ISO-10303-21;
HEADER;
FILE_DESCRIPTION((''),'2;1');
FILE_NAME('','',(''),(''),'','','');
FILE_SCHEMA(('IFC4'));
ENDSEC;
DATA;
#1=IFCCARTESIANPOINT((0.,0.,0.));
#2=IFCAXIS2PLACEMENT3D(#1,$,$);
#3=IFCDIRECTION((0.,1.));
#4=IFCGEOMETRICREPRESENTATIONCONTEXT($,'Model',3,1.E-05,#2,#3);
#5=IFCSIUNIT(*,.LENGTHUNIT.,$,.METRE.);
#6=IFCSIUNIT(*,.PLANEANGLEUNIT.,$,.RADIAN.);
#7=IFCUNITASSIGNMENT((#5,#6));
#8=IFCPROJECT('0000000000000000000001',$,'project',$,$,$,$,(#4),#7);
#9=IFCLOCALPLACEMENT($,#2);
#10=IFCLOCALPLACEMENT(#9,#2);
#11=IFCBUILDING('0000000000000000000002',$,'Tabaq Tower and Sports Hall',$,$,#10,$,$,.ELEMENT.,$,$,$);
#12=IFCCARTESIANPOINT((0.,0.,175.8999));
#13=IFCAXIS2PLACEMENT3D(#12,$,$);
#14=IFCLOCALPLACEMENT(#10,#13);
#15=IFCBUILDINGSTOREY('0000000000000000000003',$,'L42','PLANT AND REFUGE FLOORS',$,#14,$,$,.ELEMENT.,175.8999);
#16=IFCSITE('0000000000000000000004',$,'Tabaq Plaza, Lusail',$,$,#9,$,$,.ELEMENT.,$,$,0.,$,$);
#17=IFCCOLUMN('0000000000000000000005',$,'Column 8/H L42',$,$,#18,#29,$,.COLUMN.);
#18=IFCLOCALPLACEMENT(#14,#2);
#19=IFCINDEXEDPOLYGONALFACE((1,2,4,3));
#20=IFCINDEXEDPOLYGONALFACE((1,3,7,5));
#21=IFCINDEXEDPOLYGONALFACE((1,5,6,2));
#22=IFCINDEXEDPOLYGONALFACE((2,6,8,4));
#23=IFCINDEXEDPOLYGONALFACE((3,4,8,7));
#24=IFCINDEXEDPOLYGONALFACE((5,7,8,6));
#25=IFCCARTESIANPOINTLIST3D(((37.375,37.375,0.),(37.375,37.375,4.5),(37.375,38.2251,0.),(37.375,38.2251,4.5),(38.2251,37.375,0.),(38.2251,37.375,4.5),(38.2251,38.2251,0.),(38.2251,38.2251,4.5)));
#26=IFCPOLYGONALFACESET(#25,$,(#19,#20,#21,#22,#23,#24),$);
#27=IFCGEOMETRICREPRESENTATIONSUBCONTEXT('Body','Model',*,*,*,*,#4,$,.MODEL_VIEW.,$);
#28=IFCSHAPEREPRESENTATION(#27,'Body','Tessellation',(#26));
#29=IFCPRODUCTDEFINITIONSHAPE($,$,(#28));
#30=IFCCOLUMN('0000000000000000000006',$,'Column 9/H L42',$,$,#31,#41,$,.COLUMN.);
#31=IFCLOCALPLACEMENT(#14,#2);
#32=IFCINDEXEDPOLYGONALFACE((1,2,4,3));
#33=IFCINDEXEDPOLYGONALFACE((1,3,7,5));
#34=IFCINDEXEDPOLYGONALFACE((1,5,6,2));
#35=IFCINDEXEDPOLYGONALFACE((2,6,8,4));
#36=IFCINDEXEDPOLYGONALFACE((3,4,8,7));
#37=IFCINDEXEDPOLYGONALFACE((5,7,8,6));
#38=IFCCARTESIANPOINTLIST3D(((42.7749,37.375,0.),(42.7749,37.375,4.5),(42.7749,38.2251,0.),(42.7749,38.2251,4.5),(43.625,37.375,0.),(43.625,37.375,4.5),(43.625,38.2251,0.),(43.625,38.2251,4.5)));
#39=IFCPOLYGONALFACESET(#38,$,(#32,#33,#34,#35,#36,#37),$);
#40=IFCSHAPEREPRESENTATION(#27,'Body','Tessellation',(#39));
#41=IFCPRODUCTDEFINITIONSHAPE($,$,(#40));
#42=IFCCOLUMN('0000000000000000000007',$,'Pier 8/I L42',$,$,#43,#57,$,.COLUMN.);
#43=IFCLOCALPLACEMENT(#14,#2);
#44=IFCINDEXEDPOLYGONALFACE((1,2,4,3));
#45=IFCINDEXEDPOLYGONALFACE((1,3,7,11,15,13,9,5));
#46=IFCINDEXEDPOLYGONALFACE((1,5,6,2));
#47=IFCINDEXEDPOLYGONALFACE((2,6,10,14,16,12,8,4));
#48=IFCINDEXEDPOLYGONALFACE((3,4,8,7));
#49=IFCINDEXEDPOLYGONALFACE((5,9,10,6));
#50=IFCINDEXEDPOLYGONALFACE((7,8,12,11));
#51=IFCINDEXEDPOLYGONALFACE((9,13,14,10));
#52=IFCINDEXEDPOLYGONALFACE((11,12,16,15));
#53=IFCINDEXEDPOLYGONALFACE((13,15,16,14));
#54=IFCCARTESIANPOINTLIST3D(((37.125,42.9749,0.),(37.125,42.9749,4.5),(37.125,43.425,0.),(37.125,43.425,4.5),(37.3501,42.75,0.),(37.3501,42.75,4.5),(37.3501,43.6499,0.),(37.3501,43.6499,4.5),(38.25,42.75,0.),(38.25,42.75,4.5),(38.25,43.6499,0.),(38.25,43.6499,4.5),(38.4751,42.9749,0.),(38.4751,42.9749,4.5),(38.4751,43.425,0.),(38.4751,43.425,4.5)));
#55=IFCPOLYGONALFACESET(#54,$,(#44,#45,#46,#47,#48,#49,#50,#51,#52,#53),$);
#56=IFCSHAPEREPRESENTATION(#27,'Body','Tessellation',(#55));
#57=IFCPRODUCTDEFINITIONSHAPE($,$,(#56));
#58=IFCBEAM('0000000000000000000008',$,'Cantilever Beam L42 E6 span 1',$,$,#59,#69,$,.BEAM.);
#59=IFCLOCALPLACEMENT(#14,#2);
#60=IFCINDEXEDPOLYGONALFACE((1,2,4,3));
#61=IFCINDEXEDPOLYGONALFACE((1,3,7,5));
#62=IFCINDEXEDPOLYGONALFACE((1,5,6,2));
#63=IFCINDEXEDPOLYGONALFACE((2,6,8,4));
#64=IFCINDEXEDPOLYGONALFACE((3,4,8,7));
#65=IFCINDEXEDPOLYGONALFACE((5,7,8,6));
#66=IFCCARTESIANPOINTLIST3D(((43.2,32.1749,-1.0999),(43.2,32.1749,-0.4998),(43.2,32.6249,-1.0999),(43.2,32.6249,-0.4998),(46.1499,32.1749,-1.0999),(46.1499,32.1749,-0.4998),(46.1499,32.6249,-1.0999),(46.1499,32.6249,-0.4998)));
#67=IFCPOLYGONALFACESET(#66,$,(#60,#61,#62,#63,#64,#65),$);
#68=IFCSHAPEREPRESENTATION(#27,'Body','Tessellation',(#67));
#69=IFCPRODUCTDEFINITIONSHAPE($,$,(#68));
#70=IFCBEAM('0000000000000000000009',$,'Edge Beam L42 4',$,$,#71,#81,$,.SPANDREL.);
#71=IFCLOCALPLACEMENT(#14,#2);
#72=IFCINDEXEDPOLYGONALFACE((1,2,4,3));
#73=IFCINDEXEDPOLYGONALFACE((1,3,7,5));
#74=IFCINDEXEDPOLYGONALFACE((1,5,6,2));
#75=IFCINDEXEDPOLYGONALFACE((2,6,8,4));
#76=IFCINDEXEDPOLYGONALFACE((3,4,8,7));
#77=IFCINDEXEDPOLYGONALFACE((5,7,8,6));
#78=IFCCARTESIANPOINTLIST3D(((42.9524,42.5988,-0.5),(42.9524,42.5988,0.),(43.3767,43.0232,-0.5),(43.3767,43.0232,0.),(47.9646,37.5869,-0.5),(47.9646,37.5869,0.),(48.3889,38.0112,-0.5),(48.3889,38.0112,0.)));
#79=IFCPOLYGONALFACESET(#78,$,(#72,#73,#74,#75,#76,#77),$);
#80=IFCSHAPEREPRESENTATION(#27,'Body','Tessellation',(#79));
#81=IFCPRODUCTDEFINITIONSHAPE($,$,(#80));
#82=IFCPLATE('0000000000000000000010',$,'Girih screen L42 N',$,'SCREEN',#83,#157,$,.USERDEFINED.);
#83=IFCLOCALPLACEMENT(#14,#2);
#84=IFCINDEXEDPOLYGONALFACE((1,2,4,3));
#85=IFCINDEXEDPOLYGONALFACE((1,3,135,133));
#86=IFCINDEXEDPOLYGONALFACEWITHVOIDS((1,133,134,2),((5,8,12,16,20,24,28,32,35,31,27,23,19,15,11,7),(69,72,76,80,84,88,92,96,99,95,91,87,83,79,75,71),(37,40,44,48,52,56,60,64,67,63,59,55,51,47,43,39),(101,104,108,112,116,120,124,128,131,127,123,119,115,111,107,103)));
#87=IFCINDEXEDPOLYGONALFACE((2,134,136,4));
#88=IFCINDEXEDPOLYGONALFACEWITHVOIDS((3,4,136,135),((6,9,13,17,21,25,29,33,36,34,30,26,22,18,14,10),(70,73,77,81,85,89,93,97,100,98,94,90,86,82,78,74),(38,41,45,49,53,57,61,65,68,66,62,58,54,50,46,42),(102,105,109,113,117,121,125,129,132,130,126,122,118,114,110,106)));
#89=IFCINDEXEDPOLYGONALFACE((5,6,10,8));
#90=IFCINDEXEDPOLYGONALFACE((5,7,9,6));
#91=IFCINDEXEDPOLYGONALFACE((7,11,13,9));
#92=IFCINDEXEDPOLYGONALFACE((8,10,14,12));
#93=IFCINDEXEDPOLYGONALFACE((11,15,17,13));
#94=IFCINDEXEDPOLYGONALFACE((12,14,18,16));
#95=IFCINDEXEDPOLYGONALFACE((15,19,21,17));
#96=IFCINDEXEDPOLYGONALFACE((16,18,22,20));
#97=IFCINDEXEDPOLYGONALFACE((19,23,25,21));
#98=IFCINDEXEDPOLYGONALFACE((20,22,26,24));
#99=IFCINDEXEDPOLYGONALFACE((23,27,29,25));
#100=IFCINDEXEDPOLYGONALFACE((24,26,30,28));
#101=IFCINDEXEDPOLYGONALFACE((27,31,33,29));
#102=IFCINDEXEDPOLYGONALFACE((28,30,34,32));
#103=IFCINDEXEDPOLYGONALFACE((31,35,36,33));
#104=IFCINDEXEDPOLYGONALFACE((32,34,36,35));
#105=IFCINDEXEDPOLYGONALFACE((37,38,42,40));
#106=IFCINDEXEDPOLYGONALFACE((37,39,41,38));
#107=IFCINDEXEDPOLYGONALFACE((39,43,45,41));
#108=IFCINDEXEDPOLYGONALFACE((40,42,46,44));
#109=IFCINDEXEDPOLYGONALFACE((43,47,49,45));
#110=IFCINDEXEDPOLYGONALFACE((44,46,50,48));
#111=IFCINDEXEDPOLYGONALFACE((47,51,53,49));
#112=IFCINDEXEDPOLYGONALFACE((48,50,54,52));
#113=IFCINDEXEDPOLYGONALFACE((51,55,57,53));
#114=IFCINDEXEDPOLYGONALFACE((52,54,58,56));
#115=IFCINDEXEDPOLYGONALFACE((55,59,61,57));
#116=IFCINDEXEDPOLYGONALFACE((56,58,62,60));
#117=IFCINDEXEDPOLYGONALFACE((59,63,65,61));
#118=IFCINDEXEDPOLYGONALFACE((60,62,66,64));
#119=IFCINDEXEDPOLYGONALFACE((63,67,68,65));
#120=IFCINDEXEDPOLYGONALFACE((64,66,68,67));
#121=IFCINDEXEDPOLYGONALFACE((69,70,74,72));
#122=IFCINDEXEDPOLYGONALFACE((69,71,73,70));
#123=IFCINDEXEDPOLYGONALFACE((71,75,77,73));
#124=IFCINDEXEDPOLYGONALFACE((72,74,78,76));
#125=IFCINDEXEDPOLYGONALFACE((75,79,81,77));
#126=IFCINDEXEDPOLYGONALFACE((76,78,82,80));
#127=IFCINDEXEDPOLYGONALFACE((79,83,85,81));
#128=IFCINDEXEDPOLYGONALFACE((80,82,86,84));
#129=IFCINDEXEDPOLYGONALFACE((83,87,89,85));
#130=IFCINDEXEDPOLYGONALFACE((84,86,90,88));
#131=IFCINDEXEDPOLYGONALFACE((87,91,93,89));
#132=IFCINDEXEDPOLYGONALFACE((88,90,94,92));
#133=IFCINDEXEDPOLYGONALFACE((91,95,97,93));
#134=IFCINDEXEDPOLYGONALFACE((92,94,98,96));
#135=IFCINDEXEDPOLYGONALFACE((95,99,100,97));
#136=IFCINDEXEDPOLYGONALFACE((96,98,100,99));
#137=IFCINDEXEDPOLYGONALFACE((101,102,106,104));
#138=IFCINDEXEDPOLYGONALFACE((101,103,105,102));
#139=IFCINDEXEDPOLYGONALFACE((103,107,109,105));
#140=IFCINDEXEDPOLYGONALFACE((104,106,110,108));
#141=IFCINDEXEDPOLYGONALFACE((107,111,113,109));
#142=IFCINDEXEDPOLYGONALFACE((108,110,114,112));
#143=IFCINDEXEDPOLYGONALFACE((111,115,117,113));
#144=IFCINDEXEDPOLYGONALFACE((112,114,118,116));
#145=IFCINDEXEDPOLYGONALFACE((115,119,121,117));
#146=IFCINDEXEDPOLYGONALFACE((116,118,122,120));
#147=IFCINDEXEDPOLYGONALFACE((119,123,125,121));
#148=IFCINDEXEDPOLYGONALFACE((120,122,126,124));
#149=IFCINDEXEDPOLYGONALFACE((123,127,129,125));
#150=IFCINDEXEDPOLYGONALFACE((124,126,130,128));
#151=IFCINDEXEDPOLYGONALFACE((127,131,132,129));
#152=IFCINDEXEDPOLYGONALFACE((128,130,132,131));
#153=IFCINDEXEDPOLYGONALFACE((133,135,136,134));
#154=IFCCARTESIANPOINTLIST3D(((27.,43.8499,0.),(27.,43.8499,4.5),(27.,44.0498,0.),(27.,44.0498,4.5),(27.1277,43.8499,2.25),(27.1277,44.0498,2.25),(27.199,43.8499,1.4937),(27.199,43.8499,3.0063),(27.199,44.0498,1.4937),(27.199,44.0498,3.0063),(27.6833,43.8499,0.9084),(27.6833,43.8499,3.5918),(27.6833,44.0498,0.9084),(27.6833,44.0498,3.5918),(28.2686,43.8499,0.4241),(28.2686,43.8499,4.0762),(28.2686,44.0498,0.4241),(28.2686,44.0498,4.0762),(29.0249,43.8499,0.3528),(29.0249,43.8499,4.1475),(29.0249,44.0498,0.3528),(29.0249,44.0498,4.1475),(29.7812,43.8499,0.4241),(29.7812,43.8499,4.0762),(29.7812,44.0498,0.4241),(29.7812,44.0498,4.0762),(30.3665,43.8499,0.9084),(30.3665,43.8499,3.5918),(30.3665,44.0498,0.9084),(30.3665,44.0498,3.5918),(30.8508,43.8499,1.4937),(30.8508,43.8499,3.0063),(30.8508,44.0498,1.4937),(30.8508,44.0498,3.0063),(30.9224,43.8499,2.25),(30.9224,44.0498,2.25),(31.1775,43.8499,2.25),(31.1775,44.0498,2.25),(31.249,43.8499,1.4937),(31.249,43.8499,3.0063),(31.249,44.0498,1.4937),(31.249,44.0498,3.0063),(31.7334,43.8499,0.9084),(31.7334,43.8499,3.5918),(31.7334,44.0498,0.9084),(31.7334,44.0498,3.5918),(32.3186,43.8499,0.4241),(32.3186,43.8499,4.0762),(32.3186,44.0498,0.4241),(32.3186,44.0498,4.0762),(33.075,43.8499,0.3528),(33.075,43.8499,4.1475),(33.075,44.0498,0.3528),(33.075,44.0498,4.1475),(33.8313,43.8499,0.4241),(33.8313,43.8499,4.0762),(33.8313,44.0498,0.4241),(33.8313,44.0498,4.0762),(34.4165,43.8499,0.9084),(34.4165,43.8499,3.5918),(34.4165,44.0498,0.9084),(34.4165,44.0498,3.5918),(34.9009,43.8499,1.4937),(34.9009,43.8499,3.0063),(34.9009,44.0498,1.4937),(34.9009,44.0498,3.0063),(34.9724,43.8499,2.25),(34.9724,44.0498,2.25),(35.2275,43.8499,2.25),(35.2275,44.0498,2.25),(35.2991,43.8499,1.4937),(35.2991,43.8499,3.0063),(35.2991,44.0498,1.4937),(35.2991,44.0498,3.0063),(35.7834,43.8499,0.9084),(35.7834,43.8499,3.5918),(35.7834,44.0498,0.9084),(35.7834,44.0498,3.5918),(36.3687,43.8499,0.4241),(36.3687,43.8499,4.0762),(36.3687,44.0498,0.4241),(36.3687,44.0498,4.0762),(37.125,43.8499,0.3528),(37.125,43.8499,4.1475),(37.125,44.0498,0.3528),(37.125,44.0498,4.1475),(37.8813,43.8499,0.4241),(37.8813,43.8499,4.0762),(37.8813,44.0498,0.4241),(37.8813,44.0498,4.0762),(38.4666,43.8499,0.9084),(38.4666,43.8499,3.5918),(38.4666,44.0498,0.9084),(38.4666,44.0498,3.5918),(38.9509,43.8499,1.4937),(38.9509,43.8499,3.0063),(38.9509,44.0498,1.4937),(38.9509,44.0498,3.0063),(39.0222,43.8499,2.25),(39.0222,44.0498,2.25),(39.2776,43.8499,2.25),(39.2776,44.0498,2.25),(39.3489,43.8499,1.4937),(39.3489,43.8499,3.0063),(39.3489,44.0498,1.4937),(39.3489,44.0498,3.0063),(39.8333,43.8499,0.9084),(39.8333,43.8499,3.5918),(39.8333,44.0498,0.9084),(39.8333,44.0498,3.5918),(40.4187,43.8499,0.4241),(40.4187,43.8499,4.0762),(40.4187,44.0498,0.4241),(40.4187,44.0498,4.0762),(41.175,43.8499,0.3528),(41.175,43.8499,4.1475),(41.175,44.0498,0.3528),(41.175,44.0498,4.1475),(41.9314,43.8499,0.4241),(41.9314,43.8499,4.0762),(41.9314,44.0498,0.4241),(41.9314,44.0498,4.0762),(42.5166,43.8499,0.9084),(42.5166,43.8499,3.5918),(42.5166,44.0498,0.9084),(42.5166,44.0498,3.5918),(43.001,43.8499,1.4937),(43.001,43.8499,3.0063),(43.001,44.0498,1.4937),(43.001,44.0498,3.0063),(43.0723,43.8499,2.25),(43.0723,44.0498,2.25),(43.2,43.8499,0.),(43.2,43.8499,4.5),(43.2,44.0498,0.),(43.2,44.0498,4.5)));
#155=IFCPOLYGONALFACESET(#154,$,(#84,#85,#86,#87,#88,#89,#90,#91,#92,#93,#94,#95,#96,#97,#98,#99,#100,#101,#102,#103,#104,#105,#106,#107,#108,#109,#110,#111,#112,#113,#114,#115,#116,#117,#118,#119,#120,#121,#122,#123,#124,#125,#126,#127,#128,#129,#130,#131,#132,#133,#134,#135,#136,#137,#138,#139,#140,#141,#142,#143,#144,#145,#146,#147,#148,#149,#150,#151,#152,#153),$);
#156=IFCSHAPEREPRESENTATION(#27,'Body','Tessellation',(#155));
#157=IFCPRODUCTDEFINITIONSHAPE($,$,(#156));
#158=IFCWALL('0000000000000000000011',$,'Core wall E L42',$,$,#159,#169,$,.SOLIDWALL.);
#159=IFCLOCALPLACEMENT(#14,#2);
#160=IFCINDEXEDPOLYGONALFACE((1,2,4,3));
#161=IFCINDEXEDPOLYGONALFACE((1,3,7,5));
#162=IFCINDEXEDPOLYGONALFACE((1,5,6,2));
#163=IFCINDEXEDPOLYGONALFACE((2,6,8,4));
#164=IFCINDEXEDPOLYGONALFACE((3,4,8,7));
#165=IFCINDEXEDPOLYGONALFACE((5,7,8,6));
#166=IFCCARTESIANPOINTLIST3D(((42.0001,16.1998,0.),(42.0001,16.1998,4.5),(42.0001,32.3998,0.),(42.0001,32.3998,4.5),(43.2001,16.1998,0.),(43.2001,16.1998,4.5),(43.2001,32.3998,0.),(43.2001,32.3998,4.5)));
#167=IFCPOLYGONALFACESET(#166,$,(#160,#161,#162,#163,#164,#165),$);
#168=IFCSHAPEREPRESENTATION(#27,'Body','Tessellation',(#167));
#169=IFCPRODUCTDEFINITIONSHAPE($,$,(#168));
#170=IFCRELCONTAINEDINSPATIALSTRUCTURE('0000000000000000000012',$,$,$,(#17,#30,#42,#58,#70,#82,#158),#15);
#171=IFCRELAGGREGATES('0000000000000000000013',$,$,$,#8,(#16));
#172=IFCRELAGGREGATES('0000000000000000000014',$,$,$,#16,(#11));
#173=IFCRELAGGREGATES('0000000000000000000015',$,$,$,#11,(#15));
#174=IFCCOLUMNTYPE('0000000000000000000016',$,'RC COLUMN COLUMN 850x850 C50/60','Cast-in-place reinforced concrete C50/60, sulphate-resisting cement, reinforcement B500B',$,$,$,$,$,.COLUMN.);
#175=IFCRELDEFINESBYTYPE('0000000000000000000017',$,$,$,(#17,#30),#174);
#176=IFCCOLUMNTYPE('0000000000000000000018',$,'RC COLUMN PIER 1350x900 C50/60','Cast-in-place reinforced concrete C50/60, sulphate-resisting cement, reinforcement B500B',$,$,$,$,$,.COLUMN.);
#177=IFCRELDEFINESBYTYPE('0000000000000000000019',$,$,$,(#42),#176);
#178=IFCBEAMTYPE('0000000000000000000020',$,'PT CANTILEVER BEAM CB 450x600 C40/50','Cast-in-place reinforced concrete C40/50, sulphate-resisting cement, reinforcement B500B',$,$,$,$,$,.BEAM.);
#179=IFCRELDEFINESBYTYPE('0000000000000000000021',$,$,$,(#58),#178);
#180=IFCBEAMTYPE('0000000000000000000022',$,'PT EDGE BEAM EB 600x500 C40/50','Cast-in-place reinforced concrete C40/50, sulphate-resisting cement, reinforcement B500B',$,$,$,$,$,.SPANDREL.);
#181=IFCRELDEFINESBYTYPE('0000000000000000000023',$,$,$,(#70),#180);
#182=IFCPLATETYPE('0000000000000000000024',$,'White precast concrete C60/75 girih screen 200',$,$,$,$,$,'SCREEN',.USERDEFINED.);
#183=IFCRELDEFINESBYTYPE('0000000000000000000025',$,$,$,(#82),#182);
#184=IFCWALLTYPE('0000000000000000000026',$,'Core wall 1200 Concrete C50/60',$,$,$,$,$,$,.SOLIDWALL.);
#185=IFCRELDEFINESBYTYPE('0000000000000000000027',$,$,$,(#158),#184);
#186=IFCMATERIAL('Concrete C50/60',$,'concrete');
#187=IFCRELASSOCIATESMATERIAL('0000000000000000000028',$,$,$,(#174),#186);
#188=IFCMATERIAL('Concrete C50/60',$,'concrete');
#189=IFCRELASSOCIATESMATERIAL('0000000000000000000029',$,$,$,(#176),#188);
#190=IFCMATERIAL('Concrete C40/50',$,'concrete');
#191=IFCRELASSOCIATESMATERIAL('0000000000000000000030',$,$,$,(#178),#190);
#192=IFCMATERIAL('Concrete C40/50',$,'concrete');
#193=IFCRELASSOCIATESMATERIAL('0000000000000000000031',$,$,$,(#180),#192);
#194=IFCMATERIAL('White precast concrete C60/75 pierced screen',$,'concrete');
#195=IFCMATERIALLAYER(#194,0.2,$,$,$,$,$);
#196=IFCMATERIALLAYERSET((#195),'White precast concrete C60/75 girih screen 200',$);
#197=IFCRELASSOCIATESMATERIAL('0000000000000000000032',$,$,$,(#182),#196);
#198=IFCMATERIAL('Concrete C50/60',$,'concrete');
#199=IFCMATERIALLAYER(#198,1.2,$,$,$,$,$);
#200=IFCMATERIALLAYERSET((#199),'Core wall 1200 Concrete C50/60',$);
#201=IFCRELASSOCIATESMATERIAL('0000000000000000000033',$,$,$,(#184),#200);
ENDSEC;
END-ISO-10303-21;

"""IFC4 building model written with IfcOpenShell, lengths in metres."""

from ifc_helpers import new_model, si_unit, direction, frame, frame_2d, origin, origin_2d, place, context, subcontext, project, spatial, polyline, rectangle, outline, extrude, material, layer, layer_set, material_profile, profile_set, type_object, element, save


model = new_model("IFC4")

# Units and contexts
model_context = context("Model", 3, precision=1e-05, world=origin(), true_north=direction((0.0, 1.0)))
body_context = subcontext(model_context, "Body", "Model", "MODEL_VIEW")
ifc_project = project(units=[si_unit("LENGTHUNIT", "METRE"), si_unit("PLANEANGLEUNIT", "RADIAN")], contexts=[model_context])

# Site, building, storey
site_placement = place(None, origin())
site = spatial("IfcSite", under=ifc_project, at=site_placement, Name="Tabaq Plaza, Lusail", CompositionType="ELEMENT", RefElevation=0.0)
building_placement = place(site_placement, origin())
building = spatial("IfcBuilding", under=site, at=building_placement, Name="Tabaq Tower and Sports Hall", CompositionType="ELEMENT")
storey_placement = place(building_placement, frame((0.0, 0.0, 175.8999)))
storey = spatial("IfcBuildingStorey", under=building, at=storey_placement, Name="L42", Description="PLANT AND REFUGE FLOORS", CompositionType="ELEMENT", Elevation=175.8999)

# Columns
ifc_material_1 = material(Name="Concrete C50/60", Category="concrete")
ifc_material_profile_1 = material_profile(ifc_material_1, rectangle(XDim=0.8501, YDim=0.8501, at=origin_2d()), Name="COLUMN 850x850")
ifc_profile_set_1 = profile_set([ifc_material_profile_1], Name="Concrete C50/60")
column_type_1 = type_object("IfcColumnType", Name="RC COLUMN COLUMN 850x850 C50/60", Description="Cast-in-place reinforced concrete C50/60, sulphate-resisting cement, reinforcement B500B", PredefinedType="COLUMN", material=ifc_profile_set_1)
for number, where, z_axis, x_axis, name in (
    (1, (37.8, 37.8, 0.0), (0.0, 0.0, 1.0), (1.0, 0.0, 0.0), "Column 8/H L42"),
    (2, (43.2, 37.8, 0.0), (0.0, 0.0, 1.0), (1.0, 0.0, 0.0), "Column 9/H L42"),
):
    element("IfcColumn", number, at=place(storey_placement, frame(where, z_axis=z_axis, x_axis=x_axis)), inside=storey, type_object=column_type_1, Name=name, PredefinedType="COLUMN", context=body_context, shape_type="SweptSolid", body=[
        extrude(rectangle(XDim=0.8501, YDim=0.8501, at=origin_2d()), origin(), (0.0, 0.0, 1.0), 4.5),
    ])
ifc_material_2 = material(Name="Concrete C50/60", Category="concrete")
ifc_material_profile_2 = material_profile(ifc_material_2, outline(polyline([(-0.45, -0.45), (0.45, -0.45), (0.675, -0.2251), (0.675, 0.2251), (0.45, 0.45), (-0.45, 0.45), (-0.675, 0.2251), (-0.675, -0.2251), (-0.45, -0.45)])), Name="PIER 1350x900")
ifc_profile_set_2 = profile_set([ifc_material_profile_2], Name="Concrete C50/60")
column_type_2 = type_object("IfcColumnType", Name="RC COLUMN PIER 1350x900 C50/60", Description="Cast-in-place reinforced concrete C50/60, sulphate-resisting cement, reinforcement B500B", PredefinedType="COLUMN", material=ifc_profile_set_2)
column_placement = place(storey_placement, frame((37.8, 43.2, 0.0), z_axis=(0.0, 0.0, 1.0), x_axis=(1.0, 0.0, 0.0)))
element("IfcColumn", 3, at=column_placement, inside=storey, type_object=column_type_2, Name="Pier 8/I L42", PredefinedType="COLUMN", context=body_context, shape_type="SweptSolid", body=[
    extrude(outline(polyline([(-0.45, -0.45), (0.45, -0.45), (0.675, -0.2251), (0.675, 0.2251), (0.45, 0.45), (-0.45, 0.45), (-0.675, 0.2251), (-0.675, -0.2251), (-0.45, -0.45)])), origin(), (0.0, 0.0, 1.0), 4.5),
])

# Beams
ifc_material_3 = material(Name="Concrete C40/50", Category="concrete")
ifc_material_profile_3 = material_profile(ifc_material_3, rectangle(XDim=0.45, YDim=0.6001, at=origin_2d()), Name="CB 450x600")
ifc_profile_set_3 = profile_set([ifc_material_profile_3], Name="Concrete C40/50")
beam_type_1 = type_object("IfcBeamType", Name="PT CANTILEVER BEAM CB 450x600 C40/50", Description="Cast-in-place reinforced concrete C40/50, sulphate-resisting cement, reinforcement B500B", PredefinedType="BEAM", material=ifc_profile_set_3)
beam_1_placement = place(storey_placement, frame((46.1499, 32.3999, -0.7998), z_axis=(-1.0, 0.0, 0.0), x_axis=(0.0, -1.0, 0.0)))
element("IfcBeam", 4, at=beam_1_placement, inside=storey, type_object=beam_type_1, Name="Cantilever Beam L42 E6 span 1", PredefinedType="BEAM", context=body_context, shape_type="SweptSolid", body=[
    extrude(rectangle(XDim=0.45, YDim=0.6001, at=origin_2d()), origin(), (0.0, 0.0, 1.0), 2.95),
])
ifc_material_4 = material(Name="Concrete C40/50", Category="concrete")
ifc_material_profile_4 = material_profile(ifc_material_4, rectangle(XDim=0.6001, YDim=0.5, at=origin_2d()), Name="EB 600x500")
ifc_profile_set_4 = profile_set([ifc_material_profile_4], Name="Concrete C40/50")
beam_type_2 = type_object("IfcBeamType", Name="PT EDGE BEAM EB 600x500 C40/50", Description="Cast-in-place reinforced concrete C40/50, sulphate-resisting cement, reinforcement B500B", PredefinedType="SPANDREL", material=ifc_profile_set_4)
beam_2_placement = place(storey_placement, frame((48.1768, 37.7991, -0.25), z_axis=(-0.707124, 0.70709, 0.0), x_axis=(-0.70709, -0.707124, 0.0)))
element("IfcBeam", 5, at=beam_2_placement, inside=storey, type_object=beam_type_2, Name="Edge Beam L42 4", PredefinedType="SPANDREL", context=body_context, shape_type="SweptSolid", body=[
    extrude(rectangle(XDim=0.6001, YDim=0.5, at=origin_2d()), origin(), (0.0, 0.0, 1.0), 7.0881),
])

# Plate
ifc_material_5 = material(Name="White precast concrete C60/75 pierced screen", Category="concrete")
ifc_layer_1 = layer(ifc_material_5, 0.2)
ifc_layer_set_1 = layer_set([ifc_layer_1], Name="White precast concrete C60/75 girih screen 200")
plate_type_1 = type_object("IfcPlateType", Name="White precast concrete C60/75 girih screen 200", ElementType="SCREEN", PredefinedType="USERDEFINED", material=ifc_layer_set_1)
plate_1_placement = place(storey_placement, frame((43.2, 43.95, 0.0), z_axis=(0.0, 0.0, 1.0), x_axis=(-1.0, 0.0, 0.0)))
element("IfcPlate", 6, at=plate_1_placement, inside=storey, type_object=plate_type_1, Name="Girih screen L42 N", ObjectType="SCREEN", PredefinedType="USERDEFINED", context=body_context, shape_type="SweptSolid", body=[
    extrude(outline(polyline([(0.0, 0.0), (16.2, 0.0), (16.2, 4.5), (0.0, 4.5), (0.0, 0.0)]), holes=[polyline([(3.8511, 3.0063), (3.3667, 3.5918), (2.7812, 4.0762), (2.0249, 4.1475), (1.2686, 4.0762), (0.6833, 3.5918), (0.199, 3.0063), (0.1277, 2.25), (0.199, 1.4937), (0.6833, 0.9084), (1.2686, 0.4241), (2.0249, 0.3528), (2.7812, 0.4241), (3.3667, 0.9084), (3.8511, 1.4937), (3.9224, 2.25), (3.8511, 3.0063)]), polyline([(7.9009, 3.0063), (7.4165, 3.5918), (6.8313, 4.0762), (6.075, 4.1475), (5.3186, 4.0762), (4.7334, 3.5918), (4.249, 3.0063), (4.1777, 2.25), (4.249, 1.4937), (4.7334, 0.9084), (5.3186, 0.4241), (6.075, 0.3528), (6.8313, 0.4241), (7.4165, 0.9084), (7.9009, 1.4937), (7.9724, 2.25), (7.9009, 3.0063)]), polyline([(11.9509, 3.0063), (11.4666, 3.5918), (10.8813, 4.0762), (10.125, 4.1475), (9.3687, 4.0762), (8.7834, 3.5918), (8.2991, 3.0063), (8.2275, 2.25), (8.2991, 1.4937), (8.7834, 0.9084), (9.3687, 0.4241), (10.125, 0.3528), (10.8813, 0.4241), (11.4666, 0.9084), (11.9509, 1.4937), (12.0225, 2.25), (11.9509, 3.0063)]), polyline([(16.001, 3.0063), (15.5166, 3.5918), (14.9314, 4.0762), (14.175, 4.1475), (13.4187, 4.0762), (12.8335, 3.5918), (12.3491, 3.0063), (12.2776, 2.25), (12.3491, 1.4937), (12.8335, 0.9084), (13.4187, 0.4241), (14.175, 0.3528), (14.9314, 0.4241), (15.5166, 0.9084), (16.001, 1.4937), (16.0723, 2.25), (16.001, 3.0063)])]), frame((0.0, 0.1001, 0.0), z_axis=(0.0, -1.0, 0.0), x_axis=(1.0, 0.0, 0.0)), (0.0, 0.0, 1.0), 0.2),
])

# Wall
ifc_material_6 = material(Name="Concrete C50/60", Category="concrete")
ifc_layer_2 = layer(ifc_material_6, 1.2)
ifc_layer_set_2 = layer_set([ifc_layer_2], Name="Core wall 1200 Concrete C50/60")
wall_type_1 = type_object("IfcWallType", Name="Core wall 1200 Concrete C50/60", PredefinedType="SOLIDWALL", material=ifc_layer_set_2)
wall_1_placement = place(storey_placement, frame((42.6001, 32.3999, 0.0), z_axis=(0.0, 0.0, 1.0), x_axis=(0.0, -1.0, 0.0)))
element("IfcWall", 7, at=wall_1_placement, inside=storey, type_object=wall_type_1, Name="Core wall E L42", PredefinedType="SOLIDWALL", context=body_context, shape_type="SweptSolid", body=[
    extrude(rectangle(XDim=16.2, YDim=1.2, at=frame_2d((8.1001, 0.0))), origin(), (0.0, 0.0, 1.0), 4.5),
])

save(model, "model.ifc")
